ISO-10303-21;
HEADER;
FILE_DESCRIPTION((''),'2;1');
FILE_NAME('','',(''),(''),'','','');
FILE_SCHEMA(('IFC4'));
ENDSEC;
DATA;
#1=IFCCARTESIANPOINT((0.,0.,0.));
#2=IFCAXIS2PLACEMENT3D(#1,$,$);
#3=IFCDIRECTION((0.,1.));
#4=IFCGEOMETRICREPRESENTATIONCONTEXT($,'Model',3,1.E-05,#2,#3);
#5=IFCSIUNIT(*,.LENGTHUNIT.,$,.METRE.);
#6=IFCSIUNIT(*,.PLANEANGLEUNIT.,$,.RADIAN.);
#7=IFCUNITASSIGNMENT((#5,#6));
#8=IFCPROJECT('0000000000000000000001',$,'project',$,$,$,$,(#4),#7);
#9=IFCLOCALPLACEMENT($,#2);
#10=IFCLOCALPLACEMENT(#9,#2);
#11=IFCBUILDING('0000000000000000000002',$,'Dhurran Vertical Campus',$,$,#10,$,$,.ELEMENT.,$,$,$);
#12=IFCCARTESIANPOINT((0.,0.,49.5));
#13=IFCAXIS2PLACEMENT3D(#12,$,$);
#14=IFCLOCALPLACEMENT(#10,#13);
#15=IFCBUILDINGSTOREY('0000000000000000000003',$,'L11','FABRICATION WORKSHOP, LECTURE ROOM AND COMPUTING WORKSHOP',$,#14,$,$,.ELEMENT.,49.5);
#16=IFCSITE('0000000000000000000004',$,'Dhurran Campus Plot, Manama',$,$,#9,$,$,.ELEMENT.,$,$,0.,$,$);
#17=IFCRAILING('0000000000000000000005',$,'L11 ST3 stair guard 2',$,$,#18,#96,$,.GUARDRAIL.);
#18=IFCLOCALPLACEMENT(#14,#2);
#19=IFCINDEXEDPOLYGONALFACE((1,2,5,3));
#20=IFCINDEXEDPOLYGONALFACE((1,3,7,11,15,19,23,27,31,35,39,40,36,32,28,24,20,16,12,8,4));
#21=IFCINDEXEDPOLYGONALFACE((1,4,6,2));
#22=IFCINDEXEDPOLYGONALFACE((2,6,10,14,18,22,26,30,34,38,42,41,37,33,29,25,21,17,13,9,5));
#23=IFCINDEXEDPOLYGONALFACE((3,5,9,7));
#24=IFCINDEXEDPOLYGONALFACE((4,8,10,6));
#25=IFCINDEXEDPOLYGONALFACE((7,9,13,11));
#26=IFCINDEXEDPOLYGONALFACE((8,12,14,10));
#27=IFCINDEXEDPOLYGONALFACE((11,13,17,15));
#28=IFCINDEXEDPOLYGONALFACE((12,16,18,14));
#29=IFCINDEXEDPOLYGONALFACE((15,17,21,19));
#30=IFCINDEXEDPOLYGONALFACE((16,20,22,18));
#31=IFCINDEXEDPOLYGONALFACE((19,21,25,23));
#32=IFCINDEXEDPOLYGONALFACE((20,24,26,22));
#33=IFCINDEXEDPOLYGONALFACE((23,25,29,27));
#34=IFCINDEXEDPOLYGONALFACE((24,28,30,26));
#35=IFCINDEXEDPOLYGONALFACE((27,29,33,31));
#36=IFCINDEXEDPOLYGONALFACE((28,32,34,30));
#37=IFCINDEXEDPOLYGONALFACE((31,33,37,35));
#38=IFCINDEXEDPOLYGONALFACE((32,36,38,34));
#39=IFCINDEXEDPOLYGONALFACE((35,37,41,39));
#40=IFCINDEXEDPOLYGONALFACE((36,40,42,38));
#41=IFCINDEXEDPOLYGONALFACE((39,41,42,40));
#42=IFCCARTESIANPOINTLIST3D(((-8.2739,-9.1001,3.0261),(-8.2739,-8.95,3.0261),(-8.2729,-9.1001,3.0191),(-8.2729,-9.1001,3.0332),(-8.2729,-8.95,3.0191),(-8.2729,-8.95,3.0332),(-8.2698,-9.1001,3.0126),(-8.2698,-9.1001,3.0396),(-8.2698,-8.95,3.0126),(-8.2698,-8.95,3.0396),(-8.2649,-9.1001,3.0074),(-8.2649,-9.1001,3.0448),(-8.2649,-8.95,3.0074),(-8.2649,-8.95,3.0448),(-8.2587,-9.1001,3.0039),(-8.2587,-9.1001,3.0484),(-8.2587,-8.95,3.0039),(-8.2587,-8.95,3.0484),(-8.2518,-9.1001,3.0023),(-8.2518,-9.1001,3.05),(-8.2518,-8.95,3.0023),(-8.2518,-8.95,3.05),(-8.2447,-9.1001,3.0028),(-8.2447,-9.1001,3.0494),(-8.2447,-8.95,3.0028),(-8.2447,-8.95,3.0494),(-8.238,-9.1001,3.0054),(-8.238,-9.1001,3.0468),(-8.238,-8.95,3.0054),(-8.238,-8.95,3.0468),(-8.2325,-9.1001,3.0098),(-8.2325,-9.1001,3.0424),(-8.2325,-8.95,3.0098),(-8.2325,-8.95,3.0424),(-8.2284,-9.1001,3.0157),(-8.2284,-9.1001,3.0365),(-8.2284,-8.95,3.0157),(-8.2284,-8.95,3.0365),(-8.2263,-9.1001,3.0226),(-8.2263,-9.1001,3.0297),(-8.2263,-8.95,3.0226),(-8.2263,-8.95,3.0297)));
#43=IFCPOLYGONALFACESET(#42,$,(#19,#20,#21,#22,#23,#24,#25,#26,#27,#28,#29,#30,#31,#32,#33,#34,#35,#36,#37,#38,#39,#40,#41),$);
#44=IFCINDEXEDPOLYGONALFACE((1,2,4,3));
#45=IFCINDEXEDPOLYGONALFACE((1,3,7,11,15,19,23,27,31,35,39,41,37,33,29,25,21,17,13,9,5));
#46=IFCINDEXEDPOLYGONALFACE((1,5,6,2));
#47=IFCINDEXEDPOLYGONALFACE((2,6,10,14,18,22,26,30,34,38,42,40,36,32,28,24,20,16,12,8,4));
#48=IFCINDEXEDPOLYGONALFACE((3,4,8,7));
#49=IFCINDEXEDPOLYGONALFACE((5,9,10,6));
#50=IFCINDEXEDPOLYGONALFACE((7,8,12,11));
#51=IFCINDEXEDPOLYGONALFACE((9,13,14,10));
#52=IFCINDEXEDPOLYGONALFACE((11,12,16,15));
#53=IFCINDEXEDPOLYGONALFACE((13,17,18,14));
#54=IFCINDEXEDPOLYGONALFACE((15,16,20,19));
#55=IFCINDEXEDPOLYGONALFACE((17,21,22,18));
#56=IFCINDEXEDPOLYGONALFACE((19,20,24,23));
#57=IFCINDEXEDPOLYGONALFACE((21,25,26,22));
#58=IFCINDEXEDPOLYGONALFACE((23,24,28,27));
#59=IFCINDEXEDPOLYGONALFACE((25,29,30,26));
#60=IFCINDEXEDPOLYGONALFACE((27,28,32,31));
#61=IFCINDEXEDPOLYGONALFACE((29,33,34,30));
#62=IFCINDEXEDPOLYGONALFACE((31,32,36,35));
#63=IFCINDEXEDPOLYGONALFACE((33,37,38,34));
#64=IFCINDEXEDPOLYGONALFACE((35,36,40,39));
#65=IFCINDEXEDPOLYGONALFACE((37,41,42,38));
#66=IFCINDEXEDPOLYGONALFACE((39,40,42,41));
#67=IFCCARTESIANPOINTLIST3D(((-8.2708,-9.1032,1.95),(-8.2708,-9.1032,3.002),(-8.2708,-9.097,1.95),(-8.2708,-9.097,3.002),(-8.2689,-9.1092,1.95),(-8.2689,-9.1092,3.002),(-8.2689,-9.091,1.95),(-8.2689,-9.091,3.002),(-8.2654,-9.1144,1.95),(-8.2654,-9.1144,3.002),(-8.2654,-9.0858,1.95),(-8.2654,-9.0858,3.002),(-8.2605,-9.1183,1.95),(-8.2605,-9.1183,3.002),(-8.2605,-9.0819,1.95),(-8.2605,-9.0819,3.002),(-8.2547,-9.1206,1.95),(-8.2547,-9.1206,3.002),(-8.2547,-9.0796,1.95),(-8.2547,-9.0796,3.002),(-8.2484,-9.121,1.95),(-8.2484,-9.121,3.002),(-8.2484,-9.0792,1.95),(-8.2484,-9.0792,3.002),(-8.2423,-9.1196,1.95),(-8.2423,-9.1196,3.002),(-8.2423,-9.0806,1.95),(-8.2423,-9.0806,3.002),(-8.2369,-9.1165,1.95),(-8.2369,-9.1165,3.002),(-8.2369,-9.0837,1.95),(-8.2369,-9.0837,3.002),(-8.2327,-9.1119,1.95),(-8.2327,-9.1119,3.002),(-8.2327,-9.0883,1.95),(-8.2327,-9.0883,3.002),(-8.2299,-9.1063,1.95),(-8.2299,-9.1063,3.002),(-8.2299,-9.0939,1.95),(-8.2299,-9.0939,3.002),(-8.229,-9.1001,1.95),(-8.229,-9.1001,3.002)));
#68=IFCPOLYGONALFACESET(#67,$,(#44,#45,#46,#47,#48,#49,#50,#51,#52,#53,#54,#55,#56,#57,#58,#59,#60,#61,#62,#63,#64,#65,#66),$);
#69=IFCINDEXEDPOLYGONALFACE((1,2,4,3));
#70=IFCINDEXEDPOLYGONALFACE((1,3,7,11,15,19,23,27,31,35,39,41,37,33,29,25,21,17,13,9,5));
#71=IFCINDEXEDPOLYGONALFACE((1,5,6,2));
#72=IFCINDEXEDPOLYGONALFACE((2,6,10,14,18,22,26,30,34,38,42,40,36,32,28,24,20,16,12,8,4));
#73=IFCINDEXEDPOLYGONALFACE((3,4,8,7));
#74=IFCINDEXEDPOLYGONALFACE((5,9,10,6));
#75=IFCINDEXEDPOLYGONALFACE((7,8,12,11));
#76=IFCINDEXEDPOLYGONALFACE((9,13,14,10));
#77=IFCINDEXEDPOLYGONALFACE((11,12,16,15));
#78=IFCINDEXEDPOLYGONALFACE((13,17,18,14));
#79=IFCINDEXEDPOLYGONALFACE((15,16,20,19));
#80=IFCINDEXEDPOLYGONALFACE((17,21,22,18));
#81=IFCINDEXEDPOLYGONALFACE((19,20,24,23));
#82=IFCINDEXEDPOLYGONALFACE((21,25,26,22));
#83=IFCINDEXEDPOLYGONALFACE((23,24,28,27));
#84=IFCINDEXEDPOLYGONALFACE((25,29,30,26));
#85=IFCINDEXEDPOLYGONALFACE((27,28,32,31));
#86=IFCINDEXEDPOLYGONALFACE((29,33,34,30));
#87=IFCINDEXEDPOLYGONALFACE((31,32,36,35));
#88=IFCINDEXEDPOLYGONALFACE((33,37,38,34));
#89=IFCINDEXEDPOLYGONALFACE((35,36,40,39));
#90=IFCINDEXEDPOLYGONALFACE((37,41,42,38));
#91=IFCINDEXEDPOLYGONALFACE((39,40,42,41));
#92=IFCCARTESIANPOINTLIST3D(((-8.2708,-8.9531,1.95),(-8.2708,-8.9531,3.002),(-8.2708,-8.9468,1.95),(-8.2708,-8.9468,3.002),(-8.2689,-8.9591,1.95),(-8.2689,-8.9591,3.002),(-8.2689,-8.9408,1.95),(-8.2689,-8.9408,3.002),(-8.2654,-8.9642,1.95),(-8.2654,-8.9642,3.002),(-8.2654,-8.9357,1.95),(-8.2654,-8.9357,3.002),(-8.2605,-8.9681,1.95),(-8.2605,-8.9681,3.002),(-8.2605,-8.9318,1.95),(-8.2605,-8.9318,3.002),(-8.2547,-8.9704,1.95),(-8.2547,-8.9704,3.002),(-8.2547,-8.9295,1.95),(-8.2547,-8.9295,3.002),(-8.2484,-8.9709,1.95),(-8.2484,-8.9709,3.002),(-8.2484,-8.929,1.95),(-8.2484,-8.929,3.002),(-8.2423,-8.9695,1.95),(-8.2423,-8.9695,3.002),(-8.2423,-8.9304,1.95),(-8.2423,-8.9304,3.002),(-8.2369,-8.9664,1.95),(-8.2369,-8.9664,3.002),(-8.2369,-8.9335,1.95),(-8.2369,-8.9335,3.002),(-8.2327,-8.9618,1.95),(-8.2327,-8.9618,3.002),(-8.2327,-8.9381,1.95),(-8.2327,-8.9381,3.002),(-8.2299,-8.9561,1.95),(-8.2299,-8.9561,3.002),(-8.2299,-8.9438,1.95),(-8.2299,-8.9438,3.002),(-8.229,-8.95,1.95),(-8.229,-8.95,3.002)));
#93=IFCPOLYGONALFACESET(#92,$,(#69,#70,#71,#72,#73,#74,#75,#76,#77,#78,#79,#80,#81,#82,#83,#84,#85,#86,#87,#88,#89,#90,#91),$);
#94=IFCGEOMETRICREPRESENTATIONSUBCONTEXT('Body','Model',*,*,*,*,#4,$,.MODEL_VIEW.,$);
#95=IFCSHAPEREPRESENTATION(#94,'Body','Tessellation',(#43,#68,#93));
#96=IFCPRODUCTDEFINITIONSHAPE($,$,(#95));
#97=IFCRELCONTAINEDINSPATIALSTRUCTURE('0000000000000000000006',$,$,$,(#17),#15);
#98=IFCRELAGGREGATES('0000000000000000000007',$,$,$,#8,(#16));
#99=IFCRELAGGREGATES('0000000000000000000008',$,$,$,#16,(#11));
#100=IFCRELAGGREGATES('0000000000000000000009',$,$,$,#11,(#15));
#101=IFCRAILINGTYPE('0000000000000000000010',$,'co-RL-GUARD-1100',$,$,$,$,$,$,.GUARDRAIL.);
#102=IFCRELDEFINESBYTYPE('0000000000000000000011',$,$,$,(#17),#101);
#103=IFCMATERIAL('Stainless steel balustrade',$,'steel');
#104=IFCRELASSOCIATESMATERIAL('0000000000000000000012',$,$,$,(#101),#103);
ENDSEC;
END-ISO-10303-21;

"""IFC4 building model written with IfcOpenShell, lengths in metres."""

from ifc_helpers import new_model, si_unit, direction, frame, origin, origin_2d, place, context, subcontext, project, spatial, circle, extrude, material, type_object, element, save


model = new_model("IFC4")

# Units and contexts
model_context = context("Model", 3, precision=1e-05, world=origin(), true_north=direction((0.0, 1.0)))
body_context = subcontext(model_context, "Body", "Model", "MODEL_VIEW")
ifc_project = project(units=[si_unit("LENGTHUNIT", "METRE"), si_unit("PLANEANGLEUNIT", "RADIAN")], contexts=[model_context])

# Site, building, storey
site_placement = place(None, origin())
site = spatial("IfcSite", under=ifc_project, at=site_placement, Name="Dhurran Campus Plot, Manama", CompositionType="ELEMENT", RefElevation=0.0)
building_placement = place(site_placement, origin())
building = spatial("IfcBuilding", under=site, at=building_placement, Name="Dhurran Vertical Campus", CompositionType="ELEMENT")
storey_placement = place(building_placement, frame((0.0, 0.0, 49.5)))
storey = spatial("IfcBuildingStorey", under=building, at=storey_placement, Name="L11", Description="FABRICATION WORKSHOP, LECTURE ROOM AND COMPUTING WORKSHOP", CompositionType="ELEMENT", Elevation=49.5)

# Railing
ifc_material_1 = material(Name="Stainless steel balustrade", Category="steel")
railing_type_1 = type_object("IfcRailingType", Name="co-RL-GUARD-1100", PredefinedType="GUARDRAIL", material=ifc_material_1)
railing_1_placement = place(storey_placement, frame((-8.25, -9.1001, 1.95)))
element("IfcRailing", 1, at=railing_1_placement, inside=storey, type_object=railing_type_1, Name="L11 ST3 stair guard 2", PredefinedType="GUARDRAIL", context=body_context, shape_type="SweptSolid", body=[
    extrude(circle(Radius=0.0239, at=origin_2d()), frame((0.0, 0.0, 1.0762), z_axis=(0.0, 1.0, 0.0), x_axis=(-1.0, 0.0, 0.0)), (0.0, 0.0, 1.0), 0.1501),
    extrude(circle(Radius=0.021, at=origin_2d()), origin(), (0.0, 0.0, 1.0), 1.052),
    extrude(circle(Radius=0.021, at=origin_2d()), frame((0.0, 0.1501, 0.0)), (0.0, 0.0, 1.0), 1.052),
])

save(model, "model.ifc")
